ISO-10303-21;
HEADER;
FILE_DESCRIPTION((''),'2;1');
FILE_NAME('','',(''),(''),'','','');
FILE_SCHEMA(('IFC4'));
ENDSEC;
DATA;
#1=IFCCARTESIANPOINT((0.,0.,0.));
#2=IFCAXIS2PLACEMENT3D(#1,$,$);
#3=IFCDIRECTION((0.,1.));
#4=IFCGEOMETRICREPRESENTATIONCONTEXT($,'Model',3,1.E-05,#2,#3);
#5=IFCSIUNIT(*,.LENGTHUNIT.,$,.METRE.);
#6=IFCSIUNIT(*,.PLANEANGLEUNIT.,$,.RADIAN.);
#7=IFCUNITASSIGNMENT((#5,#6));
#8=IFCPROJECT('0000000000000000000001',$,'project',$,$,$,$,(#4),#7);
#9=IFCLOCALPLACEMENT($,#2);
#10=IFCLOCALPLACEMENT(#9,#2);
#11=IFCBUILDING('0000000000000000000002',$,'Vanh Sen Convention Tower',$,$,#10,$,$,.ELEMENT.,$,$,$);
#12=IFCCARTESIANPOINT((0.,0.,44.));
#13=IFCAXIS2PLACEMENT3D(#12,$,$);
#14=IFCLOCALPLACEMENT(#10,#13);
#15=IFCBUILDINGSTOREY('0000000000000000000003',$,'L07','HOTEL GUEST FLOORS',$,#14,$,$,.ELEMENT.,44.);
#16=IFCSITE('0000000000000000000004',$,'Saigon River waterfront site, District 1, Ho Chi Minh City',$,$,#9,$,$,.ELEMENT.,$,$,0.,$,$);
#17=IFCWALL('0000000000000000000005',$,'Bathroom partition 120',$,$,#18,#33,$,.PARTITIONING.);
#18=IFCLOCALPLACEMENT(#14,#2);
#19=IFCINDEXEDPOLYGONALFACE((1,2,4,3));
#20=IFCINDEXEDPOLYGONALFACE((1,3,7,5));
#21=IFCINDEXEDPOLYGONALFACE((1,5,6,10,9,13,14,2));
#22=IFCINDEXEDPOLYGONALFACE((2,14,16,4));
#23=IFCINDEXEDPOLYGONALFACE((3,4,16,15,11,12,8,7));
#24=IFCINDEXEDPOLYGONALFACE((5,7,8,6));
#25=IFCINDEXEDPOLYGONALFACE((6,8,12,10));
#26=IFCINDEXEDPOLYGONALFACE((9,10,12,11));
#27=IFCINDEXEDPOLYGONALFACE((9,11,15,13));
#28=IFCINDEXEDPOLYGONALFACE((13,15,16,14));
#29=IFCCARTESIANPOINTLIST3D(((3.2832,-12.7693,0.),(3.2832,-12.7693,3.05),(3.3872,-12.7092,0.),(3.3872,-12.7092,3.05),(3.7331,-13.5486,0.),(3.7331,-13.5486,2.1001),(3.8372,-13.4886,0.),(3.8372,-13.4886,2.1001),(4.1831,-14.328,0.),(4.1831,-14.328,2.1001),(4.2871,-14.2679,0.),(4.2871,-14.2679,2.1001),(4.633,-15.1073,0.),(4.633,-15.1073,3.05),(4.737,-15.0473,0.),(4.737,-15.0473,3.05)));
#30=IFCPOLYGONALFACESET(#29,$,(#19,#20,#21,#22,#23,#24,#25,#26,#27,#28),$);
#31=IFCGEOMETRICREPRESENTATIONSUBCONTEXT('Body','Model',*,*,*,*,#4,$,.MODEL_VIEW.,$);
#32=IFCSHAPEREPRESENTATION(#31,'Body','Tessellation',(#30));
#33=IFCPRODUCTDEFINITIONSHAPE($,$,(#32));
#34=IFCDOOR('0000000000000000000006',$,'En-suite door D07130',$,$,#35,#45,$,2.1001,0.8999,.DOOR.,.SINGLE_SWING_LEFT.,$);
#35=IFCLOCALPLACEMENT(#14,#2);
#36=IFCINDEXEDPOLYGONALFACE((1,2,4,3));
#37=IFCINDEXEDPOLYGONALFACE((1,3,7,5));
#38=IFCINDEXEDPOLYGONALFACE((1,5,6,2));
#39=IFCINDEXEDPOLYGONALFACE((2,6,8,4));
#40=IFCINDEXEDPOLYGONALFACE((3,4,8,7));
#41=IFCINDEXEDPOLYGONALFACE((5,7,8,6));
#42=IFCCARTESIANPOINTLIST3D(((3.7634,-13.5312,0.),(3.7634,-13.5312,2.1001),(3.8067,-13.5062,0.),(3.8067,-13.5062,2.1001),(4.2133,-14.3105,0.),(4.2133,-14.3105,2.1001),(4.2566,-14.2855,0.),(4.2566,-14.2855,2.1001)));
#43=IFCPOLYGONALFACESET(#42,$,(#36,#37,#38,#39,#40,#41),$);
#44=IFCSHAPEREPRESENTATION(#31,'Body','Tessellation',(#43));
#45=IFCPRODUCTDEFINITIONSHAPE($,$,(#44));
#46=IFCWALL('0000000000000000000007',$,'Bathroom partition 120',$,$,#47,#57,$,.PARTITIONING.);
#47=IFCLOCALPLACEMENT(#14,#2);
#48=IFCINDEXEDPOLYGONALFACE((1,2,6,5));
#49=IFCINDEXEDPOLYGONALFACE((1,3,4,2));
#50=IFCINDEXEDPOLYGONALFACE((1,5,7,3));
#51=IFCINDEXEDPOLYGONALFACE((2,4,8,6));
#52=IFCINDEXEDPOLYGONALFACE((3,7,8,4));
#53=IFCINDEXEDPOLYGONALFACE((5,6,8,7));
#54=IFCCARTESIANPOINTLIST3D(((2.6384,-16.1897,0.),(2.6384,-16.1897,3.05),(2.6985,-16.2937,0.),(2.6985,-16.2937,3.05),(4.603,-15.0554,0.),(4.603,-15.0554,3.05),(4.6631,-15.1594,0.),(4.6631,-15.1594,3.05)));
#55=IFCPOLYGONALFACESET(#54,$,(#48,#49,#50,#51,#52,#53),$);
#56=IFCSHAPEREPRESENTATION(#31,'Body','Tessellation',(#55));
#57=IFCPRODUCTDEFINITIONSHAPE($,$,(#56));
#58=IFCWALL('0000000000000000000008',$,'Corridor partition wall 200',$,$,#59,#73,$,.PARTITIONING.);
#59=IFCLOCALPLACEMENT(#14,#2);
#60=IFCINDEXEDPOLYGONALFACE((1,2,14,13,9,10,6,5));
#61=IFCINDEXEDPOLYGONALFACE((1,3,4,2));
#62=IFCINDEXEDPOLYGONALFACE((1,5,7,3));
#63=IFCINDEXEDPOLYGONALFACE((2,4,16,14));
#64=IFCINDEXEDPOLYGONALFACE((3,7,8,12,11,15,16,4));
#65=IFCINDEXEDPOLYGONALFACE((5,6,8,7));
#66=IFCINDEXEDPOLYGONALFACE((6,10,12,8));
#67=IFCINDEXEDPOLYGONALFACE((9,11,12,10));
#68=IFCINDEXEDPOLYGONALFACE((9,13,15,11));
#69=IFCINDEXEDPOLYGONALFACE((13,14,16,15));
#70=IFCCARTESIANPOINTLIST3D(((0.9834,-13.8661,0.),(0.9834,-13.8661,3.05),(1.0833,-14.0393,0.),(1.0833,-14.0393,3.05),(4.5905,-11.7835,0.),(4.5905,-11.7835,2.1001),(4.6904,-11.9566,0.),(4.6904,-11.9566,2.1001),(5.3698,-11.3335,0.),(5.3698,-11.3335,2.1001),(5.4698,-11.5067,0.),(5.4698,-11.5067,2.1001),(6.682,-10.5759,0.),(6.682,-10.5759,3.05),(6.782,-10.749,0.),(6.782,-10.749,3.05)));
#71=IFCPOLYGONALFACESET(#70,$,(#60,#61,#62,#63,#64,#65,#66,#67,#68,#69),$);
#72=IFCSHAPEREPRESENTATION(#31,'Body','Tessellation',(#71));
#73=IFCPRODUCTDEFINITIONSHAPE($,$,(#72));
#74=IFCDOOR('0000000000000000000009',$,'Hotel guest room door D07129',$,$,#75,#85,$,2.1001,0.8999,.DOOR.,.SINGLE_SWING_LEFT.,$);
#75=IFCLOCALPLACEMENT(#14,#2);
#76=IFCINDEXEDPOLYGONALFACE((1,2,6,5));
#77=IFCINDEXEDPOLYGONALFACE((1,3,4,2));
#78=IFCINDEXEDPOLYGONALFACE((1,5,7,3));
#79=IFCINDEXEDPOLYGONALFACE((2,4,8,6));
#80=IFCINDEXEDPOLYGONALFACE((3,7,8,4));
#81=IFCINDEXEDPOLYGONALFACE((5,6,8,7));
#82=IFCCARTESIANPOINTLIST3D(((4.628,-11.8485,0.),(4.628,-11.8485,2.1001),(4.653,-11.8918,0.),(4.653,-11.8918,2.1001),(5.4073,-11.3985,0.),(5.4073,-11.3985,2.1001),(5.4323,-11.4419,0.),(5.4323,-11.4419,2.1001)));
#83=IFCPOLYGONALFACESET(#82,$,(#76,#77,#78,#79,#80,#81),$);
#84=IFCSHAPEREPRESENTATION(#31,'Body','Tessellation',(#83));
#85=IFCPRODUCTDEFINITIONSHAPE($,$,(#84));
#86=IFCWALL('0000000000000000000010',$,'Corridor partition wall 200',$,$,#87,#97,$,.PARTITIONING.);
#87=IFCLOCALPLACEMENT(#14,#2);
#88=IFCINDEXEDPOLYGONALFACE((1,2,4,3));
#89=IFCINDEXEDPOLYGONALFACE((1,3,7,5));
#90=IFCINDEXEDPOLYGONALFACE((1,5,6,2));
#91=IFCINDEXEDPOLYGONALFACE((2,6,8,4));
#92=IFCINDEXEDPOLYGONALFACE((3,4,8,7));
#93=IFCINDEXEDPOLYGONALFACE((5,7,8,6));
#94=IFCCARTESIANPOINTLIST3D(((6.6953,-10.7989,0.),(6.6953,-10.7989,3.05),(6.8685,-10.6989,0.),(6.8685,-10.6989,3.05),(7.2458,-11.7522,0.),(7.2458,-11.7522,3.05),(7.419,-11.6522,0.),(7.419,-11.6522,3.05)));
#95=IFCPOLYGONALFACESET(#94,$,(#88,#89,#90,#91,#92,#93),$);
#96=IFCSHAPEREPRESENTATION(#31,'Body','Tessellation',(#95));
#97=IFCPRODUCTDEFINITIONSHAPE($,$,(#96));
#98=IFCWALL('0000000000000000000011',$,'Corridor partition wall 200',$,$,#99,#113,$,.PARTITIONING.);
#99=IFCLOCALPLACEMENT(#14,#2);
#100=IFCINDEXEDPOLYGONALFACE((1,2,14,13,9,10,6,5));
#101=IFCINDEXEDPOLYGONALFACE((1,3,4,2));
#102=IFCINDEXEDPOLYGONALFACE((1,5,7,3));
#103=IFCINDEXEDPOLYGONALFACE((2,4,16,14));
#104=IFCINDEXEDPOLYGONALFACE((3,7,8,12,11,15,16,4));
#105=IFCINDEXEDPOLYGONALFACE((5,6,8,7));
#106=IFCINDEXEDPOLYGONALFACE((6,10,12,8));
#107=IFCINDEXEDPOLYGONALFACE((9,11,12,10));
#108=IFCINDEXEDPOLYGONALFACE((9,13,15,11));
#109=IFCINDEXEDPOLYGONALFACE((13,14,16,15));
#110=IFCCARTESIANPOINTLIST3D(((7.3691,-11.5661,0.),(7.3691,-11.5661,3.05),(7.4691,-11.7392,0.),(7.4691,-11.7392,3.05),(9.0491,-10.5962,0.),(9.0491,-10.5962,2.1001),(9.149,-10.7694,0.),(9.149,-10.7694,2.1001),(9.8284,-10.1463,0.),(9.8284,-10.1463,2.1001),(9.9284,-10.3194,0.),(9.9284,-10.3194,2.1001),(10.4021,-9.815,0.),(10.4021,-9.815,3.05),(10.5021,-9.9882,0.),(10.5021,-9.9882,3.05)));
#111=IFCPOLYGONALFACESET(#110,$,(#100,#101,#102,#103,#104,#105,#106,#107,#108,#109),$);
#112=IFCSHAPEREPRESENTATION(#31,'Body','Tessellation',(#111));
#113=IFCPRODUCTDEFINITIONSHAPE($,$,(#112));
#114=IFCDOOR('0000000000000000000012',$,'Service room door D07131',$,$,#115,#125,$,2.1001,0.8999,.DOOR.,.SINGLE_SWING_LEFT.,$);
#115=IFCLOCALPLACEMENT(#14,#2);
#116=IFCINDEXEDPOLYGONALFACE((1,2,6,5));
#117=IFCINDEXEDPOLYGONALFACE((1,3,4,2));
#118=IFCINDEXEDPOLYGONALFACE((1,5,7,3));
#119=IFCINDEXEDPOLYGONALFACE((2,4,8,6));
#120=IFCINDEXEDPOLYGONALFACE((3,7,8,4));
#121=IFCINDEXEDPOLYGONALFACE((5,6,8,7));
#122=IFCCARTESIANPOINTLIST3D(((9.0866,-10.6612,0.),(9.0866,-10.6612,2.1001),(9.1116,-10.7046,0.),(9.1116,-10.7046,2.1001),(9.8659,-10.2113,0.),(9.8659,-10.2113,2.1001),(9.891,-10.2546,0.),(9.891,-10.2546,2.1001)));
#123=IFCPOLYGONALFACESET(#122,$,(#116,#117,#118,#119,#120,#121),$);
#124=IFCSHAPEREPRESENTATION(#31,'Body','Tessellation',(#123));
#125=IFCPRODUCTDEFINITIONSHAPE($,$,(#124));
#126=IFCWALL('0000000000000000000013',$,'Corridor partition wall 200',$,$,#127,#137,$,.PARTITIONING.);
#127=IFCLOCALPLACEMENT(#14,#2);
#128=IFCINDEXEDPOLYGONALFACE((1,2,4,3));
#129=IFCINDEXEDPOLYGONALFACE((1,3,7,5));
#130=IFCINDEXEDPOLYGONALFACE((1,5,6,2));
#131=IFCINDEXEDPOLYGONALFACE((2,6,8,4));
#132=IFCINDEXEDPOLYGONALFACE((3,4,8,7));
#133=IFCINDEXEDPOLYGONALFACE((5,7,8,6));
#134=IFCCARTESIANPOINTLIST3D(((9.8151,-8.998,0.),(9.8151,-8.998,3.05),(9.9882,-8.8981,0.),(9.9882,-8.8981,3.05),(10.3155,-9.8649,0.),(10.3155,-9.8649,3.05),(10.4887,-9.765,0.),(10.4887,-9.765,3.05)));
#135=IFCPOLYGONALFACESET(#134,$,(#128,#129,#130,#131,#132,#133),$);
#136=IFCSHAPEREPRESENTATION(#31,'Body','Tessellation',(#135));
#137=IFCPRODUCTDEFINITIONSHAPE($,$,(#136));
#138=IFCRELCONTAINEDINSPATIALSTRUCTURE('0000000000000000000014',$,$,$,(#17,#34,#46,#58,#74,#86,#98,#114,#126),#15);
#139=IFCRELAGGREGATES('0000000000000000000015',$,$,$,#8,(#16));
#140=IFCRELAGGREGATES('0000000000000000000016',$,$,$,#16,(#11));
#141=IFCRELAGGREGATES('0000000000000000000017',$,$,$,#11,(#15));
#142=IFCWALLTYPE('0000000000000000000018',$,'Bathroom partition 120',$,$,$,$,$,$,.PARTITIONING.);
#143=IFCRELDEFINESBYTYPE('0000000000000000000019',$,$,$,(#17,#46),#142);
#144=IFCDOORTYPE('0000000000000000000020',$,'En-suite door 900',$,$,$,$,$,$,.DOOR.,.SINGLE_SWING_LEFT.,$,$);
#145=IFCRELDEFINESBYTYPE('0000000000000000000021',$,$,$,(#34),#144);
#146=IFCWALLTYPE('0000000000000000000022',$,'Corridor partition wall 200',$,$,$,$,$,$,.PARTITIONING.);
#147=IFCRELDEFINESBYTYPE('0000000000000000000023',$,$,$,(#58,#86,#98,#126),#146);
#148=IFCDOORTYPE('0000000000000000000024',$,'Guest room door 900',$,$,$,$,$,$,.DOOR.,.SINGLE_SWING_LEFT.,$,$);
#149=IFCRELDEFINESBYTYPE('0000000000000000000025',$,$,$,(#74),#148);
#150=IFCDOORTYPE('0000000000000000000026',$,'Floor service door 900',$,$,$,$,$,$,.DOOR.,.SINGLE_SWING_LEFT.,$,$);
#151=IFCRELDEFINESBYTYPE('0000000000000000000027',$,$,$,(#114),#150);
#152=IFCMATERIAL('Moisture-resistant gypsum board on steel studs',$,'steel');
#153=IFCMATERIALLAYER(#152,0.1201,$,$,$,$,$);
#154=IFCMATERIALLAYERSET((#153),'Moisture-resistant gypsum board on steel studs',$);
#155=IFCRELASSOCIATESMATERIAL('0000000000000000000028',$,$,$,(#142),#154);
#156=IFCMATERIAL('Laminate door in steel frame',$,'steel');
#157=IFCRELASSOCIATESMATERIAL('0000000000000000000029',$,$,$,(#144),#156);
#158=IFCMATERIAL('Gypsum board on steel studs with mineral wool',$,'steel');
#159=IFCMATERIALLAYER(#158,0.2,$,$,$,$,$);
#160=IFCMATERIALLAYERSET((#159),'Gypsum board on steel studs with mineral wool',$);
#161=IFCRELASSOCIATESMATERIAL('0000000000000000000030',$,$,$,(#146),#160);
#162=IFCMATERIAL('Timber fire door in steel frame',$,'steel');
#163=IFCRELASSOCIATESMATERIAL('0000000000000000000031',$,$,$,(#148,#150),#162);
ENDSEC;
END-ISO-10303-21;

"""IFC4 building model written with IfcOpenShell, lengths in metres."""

from ifc_helpers import new_model, si_unit, direction, frame, frame_2d, origin, place, context, subcontext, project, spatial, rectangle, extrude, material, layer, layer_set, type_object, element, fill, save


model = new_model("IFC4")

# Units and contexts
model_context = context("Model", 3, precision=1e-05, world=origin(), true_north=direction((0.0, 1.0)))
body_context = subcontext(model_context, "Body", "Model", "MODEL_VIEW")
ifc_project = project(units=[si_unit("LENGTHUNIT", "METRE"), si_unit("PLANEANGLEUNIT", "RADIAN")], contexts=[model_context])

# Site, building, storey
site_placement = place(None, origin())
site = spatial("IfcSite", under=ifc_project, at=site_placement, Name="Saigon River waterfront site, District 1, Ho Chi Minh City", CompositionType="ELEMENT", RefElevation=0.0)
building_placement = place(site_placement, origin())
building = spatial("IfcBuilding", under=site, at=building_placement, Name="Vanh Sen Convention Tower", CompositionType="ELEMENT")
storey_placement = place(building_placement, frame((0.0, 0.0, 44.0)))
storey = spatial("IfcBuildingStorey", under=building, at=storey_placement, Name="L07", Description="HOTEL GUEST FLOORS", CompositionType="ELEMENT", Elevation=44.0)

# Wall, opening, door
ifc_material_1 = material(Name="Moisture-resistant gypsum board on steel studs", Category="steel")
ifc_layer_1 = layer(ifc_material_1, 0.1201)
ifc_layer_set_1 = layer_set([ifc_layer_1], Name="Moisture-resistant gypsum board on steel studs")
wall_type_1 = type_object("IfcWallType", Name="Bathroom partition 120", PredefinedType="PARTITIONING", material=ifc_layer_set_1)
wall_1_placement = place(storey_placement, frame((3.3352, -12.7393, 0.0), z_axis=(0.0, 0.0, 1.0), x_axis=(0.499981, -0.866037, 0.0)))
wall_1 = element("IfcWall", 1, at=wall_1_placement, inside=storey, type_object=wall_type_1, Name="Bathroom partition 120", PredefinedType="PARTITIONING", context=body_context, shape_type="SweptSolid", body=[
    extrude(rectangle(XDim=2.6997, YDim=0.1201, at=frame_2d((1.3499, 0.0))), origin(), (0.0, 0.0, 1.0), 3.05),
])
opening_1_placement = place(wall_1_placement, frame((0.8999, 0.0, 0.0)))
opening_1 = element("IfcOpeningElement", 2, at=opening_1_placement, cuts=wall_1, PredefinedType="OPENING", context=body_context, shape_type="SweptSolid", body=[
    extrude(rectangle(XDim=0.8999, YDim=2.1001, at=frame_2d((0.45, 1.05))), frame((0.0, 0.0701, 0.0), z_axis=(0.0, -1.0, 0.0), x_axis=(1.0, 0.0, 0.0)), (0.0, 0.0, 1.0), 0.1401),
])
ifc_material_2 = material(Name="Laminate door in steel frame", Category="steel")
door_type_1 = type_object("IfcDoorType", Name="En-suite door 900", OperationType="SINGLE_SWING_LEFT", PredefinedType="DOOR", material=ifc_material_2)
door_1_placement = place(opening_1_placement, origin())
door_1 = element("IfcDoor", 3, at=door_1_placement, inside=storey, type_object=door_type_1, Name="En-suite door D07130", OperationType="SINGLE_SWING_LEFT", OverallHeight=2.1001, OverallWidth=0.8999, PredefinedType="DOOR", context=body_context, shape_type="SweptSolid", body=[
    extrude(rectangle(XDim=0.8999, YDim=2.1001, at=frame_2d((0.45, 1.05))), frame((0.0, 0.0249, 0.0), z_axis=(0.0, -1.0, 0.0), x_axis=(1.0, 0.0, 0.0)), (0.0, 0.0, 1.0), 0.05),
])
fill(opening_1, door_1)

# Wall
wall_2_placement = place(storey_placement, frame((4.6331, -15.1074, 0.0), z_axis=(0.0, 0.0, 1.0), x_axis=(-0.866022, -0.500005, 0.0)))
element("IfcWall", 4, at=wall_2_placement, inside=storey, type_object=wall_type_1, Name="Bathroom partition 120", PredefinedType="PARTITIONING", context=body_context, shape_type="SweptSolid", body=[
    extrude(rectangle(XDim=2.2686, YDim=0.1201, at=frame_2d((1.1343, 0.0))), origin(), (0.0, 0.0, 1.0), 3.05),
])

# Wall, opening, door
ifc_material_3 = material(Name="Gypsum board on steel studs with mineral wool", Category="steel")
ifc_layer_2 = layer(ifc_material_3, 0.2)
ifc_layer_set_2 = layer_set([ifc_layer_2], Name="Gypsum board on steel studs with mineral wool")
wall_type_2 = type_object("IfcWallType", Name="Corridor partition wall 200", PredefinedType="PARTITIONING", material=ifc_layer_set_2)
wall_3_placement = place(storey_placement, frame((1.0334, -13.9526, 0.0), z_axis=(0.0, 0.0, 1.0), x_axis=(0.866018, 0.500014, 0.0)))
wall_3 = element("IfcWall", 5, at=wall_3_placement, inside=storey, type_object=wall_type_2, Name="Corridor partition wall 200", PredefinedType="PARTITIONING", context=body_context, shape_type="SweptSolid", body=[
    extrude(rectangle(XDim=6.5803, YDim=0.2, at=frame_2d((3.29, 0.0))), origin(), (0.0, 0.0, 1.0), 3.05),
])
opening_2_placement = place(wall_3_placement, frame((4.165, 0.0, 0.0)))
opening_2 = element("IfcOpeningElement", 6, at=opening_2_placement, cuts=wall_3, PredefinedType="OPENING", context=body_context, shape_type="SweptSolid", body=[
    extrude(rectangle(XDim=0.8999, YDim=2.1001, at=frame_2d((0.45, 1.05))), frame((0.0, 0.1099, 0.0), z_axis=(0.0, -1.0, 0.0), x_axis=(1.0, 0.0, 0.0)), (0.0, 0.0, 1.0), 0.22),
])
ifc_material_4 = material(Name="Timber fire door in steel frame", Category="steel")
door_type_2 = type_object("IfcDoorType", Name="Guest room door 900", OperationType="SINGLE_SWING_LEFT", PredefinedType="DOOR", material=ifc_material_4)
door_2_placement = place(opening_2_placement, origin())
door_2 = element("IfcDoor", 7, at=door_2_placement, inside=storey, type_object=door_type_2, Name="Hotel guest room door D07129", OperationType="SINGLE_SWING_LEFT", OverallHeight=2.1001, OverallWidth=0.8999, PredefinedType="DOOR", context=body_context, shape_type="SweptSolid", body=[
    extrude(rectangle(XDim=0.8999, YDim=2.1001, at=frame_2d((0.45, 1.05))), frame((0.0, 0.0249, 0.0), z_axis=(0.0, -1.0, 0.0), x_axis=(1.0, 0.0, 0.0)), (0.0, 0.0, 1.0), 0.05),
])
fill(opening_2, door_2)

# Wall
wall_4_placement = place(storey_placement, frame((6.782, -10.749, 0.0), z_axis=(0.0, 0.0, 1.0), x_axis=(0.500074, -0.865982, 0.0)))
element("IfcWall", 8, at=wall_4_placement, inside=storey, type_object=wall_type_2, Name="Corridor partition wall 200", PredefinedType="PARTITIONING", context=body_context, shape_type="SweptSolid", body=[
    extrude(rectangle(XDim=1.1008, YDim=0.2, at=frame_2d((0.5503, 0.0))), origin(), (0.0, 0.0, 1.0), 3.05),
])

# Wall, opening, door
wall_5_placement = place(storey_placement, frame((7.4192, -11.6526, 0.0), z_axis=(0.0, 0.0, 1.0), x_axis=(0.866038, 0.499978, 0.0)))
wall_5 = element("IfcWall", 9, at=wall_5_placement, inside=storey, type_object=wall_type_2, Name="Corridor partition wall 200", PredefinedType="PARTITIONING", context=body_context, shape_type="SweptSolid", body=[
    extrude(rectangle(XDim=3.5022, YDim=0.2, at=frame_2d((1.751, 0.0))), origin(), (0.0, 0.0, 1.0), 3.05),
])
opening_3_placement = place(wall_5_placement, frame((1.9397, 0.0, 0.0)))
opening_3 = element("IfcOpeningElement", 10, at=opening_3_placement, cuts=wall_5, PredefinedType="OPENING", context=body_context, shape_type="SweptSolid", body=[
    extrude(rectangle(XDim=0.8999, YDim=2.1001, at=frame_2d((0.45, 1.05))), frame((0.0, 0.1099, 0.0), z_axis=(0.0, -1.0, 0.0), x_axis=(1.0, 0.0, 0.0)), (0.0, 0.0, 1.0), 0.22),
])
door_type_3 = type_object("IfcDoorType", Name="Floor service door 900", OperationType="SINGLE_SWING_LEFT", PredefinedType="DOOR", material=ifc_material_4)
door_3_placement = place(opening_3_placement, origin())
door_3 = element("IfcDoor", 11, at=door_3_placement, inside=storey, type_object=door_type_3, Name="Service room door D07131", OperationType="SINGLE_SWING_LEFT", OverallHeight=2.1001, OverallWidth=0.8999, PredefinedType="DOOR", context=body_context, shape_type="SweptSolid", body=[
    extrude(rectangle(XDim=0.8999, YDim=2.1001, at=frame_2d((0.45, 1.05))), frame((0.0, 0.0249, 0.0), z_axis=(0.0, -1.0, 0.0), x_axis=(1.0, 0.0, 0.0)), (0.0, 0.0, 1.0), 0.05),
])
fill(opening_3, door_3)

# Wall
wall_6_placement = place(storey_placement, frame((10.4021, -9.8149, 0.0), z_axis=(0.0, 0.0, 1.0), x_axis=(-0.499969, 0.866043, 0.0)))
element("IfcWall", 12, at=wall_6_placement, inside=storey, type_object=wall_type_2, Name="Corridor partition wall 200", PredefinedType="PARTITIONING", context=body_context, shape_type="SweptSolid", body=[
    extrude(rectangle(XDim=1.001, YDim=0.2, at=frame_2d((0.5005, 0.0))), origin(), (0.0, 0.0, 1.0), 3.05),
])

save(model, "model.ifc")
